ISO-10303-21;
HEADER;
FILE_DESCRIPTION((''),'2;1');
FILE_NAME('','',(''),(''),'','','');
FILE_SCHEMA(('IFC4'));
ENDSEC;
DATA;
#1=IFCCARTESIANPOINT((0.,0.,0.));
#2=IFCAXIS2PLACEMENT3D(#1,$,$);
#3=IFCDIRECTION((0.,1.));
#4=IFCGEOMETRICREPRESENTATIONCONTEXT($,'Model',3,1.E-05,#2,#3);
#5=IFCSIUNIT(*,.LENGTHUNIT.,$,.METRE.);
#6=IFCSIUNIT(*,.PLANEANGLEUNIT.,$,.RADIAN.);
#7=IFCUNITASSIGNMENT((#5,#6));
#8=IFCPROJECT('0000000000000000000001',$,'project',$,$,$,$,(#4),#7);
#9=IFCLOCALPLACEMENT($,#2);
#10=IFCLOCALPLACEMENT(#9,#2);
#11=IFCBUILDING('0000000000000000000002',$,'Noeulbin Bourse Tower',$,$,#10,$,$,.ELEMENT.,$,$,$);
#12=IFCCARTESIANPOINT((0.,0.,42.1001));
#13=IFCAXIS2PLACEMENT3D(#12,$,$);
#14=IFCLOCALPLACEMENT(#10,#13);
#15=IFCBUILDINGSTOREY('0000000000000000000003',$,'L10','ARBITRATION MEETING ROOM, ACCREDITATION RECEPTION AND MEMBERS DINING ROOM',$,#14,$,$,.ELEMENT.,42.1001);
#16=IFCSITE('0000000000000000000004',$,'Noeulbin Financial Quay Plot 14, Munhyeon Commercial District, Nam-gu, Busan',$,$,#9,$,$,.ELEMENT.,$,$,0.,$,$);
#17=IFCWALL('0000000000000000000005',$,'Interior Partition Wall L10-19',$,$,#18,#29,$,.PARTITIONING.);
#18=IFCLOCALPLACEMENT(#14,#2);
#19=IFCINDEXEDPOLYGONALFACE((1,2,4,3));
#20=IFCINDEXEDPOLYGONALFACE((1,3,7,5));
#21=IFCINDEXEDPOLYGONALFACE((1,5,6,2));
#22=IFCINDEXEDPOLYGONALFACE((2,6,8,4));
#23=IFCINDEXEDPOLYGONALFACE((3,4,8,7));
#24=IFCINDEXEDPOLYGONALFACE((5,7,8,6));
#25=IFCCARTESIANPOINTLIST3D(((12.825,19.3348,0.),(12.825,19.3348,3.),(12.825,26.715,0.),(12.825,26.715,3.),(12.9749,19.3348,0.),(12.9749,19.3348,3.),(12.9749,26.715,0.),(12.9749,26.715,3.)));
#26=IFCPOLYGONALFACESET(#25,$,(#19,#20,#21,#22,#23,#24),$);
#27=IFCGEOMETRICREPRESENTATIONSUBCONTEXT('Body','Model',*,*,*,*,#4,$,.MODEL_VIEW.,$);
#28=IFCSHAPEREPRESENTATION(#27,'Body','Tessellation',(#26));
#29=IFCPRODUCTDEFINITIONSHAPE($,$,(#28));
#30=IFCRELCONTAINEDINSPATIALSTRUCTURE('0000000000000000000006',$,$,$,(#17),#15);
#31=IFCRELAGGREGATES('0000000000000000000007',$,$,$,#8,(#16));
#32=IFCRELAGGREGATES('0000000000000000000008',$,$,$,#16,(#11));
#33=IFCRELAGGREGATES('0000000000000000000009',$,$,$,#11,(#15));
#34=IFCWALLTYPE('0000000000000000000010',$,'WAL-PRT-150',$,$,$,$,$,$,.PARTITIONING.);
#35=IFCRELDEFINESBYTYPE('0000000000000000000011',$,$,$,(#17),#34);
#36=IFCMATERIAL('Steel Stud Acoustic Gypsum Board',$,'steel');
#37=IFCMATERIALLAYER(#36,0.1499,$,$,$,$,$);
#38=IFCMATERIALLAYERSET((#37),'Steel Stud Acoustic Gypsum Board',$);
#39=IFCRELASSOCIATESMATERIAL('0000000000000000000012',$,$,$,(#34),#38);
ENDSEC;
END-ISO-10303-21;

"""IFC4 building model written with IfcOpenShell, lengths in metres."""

from ifc_helpers import new_model, si_unit, direction, frame, frame_2d, origin, place, context, subcontext, project, spatial, rectangle, extrude, material, layer, layer_set, type_object, element, save


model = new_model("IFC4")

# Units and contexts
model_context = context("Model", 3, precision=1e-05, world=origin(), true_north=direction((0.0, 1.0)))
body_context = subcontext(model_context, "Body", "Model", "MODEL_VIEW")
ifc_project = project(units=[si_unit("LENGTHUNIT", "METRE"), si_unit("PLANEANGLEUNIT", "RADIAN")], contexts=[model_context])

# Site, building, storey
site_placement = place(None, origin())
site = spatial("IfcSite", under=ifc_project, at=site_placement, Name="Noeulbin Financial Quay Plot 14, Munhyeon Commercial District, Nam-gu, Busan", CompositionType="ELEMENT", RefElevation=0.0)
building_placement = place(site_placement, origin())
building = spatial("IfcBuilding", under=site, at=building_placement, Name="Noeulbin Bourse Tower", CompositionType="ELEMENT")
storey_placement = place(building_placement, frame((0.0, 0.0, 42.1001)))
storey = spatial("IfcBuildingStorey", under=building, at=storey_placement, Name="L10", Description="ARBITRATION MEETING ROOM, ACCREDITATION RECEPTION AND MEMBERS DINING ROOM", CompositionType="ELEMENT", Elevation=42.1001)

# Shared definitions
ifc_material_1 = material(Name="Steel Stud Acoustic Gypsum Board", Category="steel")
ifc_layer_1 = layer(ifc_material_1, 0.1499)
ifc_layer_set_1 = layer_set([ifc_layer_1], Name="Steel Stud Acoustic Gypsum Board")
wall_type = type_object("IfcWallType", Name="WAL-PRT-150", PredefinedType="PARTITIONING", material=ifc_layer_set_1)

# Wall
wall_1_placement = place(storey_placement, frame((12.8999, 19.335, 0.0), z_axis=(0.0, 0.0, 1.0), x_axis=(0.0, 1.0, 0.0)))
element("IfcWall", 1, at=wall_1_placement, inside=storey, type_object=wall_type, Name="Interior Partition Wall L10-19", PredefinedType="PARTITIONING", context=body_context, shape_type="SweptSolid", body=[
    extrude(rectangle(XDim=7.3801, YDim=0.1499, at=frame_2d((3.6899, 0.0))), origin(), (0.0, 0.0, 1.0), 3.0),
])

save(model, "model.ifc")
